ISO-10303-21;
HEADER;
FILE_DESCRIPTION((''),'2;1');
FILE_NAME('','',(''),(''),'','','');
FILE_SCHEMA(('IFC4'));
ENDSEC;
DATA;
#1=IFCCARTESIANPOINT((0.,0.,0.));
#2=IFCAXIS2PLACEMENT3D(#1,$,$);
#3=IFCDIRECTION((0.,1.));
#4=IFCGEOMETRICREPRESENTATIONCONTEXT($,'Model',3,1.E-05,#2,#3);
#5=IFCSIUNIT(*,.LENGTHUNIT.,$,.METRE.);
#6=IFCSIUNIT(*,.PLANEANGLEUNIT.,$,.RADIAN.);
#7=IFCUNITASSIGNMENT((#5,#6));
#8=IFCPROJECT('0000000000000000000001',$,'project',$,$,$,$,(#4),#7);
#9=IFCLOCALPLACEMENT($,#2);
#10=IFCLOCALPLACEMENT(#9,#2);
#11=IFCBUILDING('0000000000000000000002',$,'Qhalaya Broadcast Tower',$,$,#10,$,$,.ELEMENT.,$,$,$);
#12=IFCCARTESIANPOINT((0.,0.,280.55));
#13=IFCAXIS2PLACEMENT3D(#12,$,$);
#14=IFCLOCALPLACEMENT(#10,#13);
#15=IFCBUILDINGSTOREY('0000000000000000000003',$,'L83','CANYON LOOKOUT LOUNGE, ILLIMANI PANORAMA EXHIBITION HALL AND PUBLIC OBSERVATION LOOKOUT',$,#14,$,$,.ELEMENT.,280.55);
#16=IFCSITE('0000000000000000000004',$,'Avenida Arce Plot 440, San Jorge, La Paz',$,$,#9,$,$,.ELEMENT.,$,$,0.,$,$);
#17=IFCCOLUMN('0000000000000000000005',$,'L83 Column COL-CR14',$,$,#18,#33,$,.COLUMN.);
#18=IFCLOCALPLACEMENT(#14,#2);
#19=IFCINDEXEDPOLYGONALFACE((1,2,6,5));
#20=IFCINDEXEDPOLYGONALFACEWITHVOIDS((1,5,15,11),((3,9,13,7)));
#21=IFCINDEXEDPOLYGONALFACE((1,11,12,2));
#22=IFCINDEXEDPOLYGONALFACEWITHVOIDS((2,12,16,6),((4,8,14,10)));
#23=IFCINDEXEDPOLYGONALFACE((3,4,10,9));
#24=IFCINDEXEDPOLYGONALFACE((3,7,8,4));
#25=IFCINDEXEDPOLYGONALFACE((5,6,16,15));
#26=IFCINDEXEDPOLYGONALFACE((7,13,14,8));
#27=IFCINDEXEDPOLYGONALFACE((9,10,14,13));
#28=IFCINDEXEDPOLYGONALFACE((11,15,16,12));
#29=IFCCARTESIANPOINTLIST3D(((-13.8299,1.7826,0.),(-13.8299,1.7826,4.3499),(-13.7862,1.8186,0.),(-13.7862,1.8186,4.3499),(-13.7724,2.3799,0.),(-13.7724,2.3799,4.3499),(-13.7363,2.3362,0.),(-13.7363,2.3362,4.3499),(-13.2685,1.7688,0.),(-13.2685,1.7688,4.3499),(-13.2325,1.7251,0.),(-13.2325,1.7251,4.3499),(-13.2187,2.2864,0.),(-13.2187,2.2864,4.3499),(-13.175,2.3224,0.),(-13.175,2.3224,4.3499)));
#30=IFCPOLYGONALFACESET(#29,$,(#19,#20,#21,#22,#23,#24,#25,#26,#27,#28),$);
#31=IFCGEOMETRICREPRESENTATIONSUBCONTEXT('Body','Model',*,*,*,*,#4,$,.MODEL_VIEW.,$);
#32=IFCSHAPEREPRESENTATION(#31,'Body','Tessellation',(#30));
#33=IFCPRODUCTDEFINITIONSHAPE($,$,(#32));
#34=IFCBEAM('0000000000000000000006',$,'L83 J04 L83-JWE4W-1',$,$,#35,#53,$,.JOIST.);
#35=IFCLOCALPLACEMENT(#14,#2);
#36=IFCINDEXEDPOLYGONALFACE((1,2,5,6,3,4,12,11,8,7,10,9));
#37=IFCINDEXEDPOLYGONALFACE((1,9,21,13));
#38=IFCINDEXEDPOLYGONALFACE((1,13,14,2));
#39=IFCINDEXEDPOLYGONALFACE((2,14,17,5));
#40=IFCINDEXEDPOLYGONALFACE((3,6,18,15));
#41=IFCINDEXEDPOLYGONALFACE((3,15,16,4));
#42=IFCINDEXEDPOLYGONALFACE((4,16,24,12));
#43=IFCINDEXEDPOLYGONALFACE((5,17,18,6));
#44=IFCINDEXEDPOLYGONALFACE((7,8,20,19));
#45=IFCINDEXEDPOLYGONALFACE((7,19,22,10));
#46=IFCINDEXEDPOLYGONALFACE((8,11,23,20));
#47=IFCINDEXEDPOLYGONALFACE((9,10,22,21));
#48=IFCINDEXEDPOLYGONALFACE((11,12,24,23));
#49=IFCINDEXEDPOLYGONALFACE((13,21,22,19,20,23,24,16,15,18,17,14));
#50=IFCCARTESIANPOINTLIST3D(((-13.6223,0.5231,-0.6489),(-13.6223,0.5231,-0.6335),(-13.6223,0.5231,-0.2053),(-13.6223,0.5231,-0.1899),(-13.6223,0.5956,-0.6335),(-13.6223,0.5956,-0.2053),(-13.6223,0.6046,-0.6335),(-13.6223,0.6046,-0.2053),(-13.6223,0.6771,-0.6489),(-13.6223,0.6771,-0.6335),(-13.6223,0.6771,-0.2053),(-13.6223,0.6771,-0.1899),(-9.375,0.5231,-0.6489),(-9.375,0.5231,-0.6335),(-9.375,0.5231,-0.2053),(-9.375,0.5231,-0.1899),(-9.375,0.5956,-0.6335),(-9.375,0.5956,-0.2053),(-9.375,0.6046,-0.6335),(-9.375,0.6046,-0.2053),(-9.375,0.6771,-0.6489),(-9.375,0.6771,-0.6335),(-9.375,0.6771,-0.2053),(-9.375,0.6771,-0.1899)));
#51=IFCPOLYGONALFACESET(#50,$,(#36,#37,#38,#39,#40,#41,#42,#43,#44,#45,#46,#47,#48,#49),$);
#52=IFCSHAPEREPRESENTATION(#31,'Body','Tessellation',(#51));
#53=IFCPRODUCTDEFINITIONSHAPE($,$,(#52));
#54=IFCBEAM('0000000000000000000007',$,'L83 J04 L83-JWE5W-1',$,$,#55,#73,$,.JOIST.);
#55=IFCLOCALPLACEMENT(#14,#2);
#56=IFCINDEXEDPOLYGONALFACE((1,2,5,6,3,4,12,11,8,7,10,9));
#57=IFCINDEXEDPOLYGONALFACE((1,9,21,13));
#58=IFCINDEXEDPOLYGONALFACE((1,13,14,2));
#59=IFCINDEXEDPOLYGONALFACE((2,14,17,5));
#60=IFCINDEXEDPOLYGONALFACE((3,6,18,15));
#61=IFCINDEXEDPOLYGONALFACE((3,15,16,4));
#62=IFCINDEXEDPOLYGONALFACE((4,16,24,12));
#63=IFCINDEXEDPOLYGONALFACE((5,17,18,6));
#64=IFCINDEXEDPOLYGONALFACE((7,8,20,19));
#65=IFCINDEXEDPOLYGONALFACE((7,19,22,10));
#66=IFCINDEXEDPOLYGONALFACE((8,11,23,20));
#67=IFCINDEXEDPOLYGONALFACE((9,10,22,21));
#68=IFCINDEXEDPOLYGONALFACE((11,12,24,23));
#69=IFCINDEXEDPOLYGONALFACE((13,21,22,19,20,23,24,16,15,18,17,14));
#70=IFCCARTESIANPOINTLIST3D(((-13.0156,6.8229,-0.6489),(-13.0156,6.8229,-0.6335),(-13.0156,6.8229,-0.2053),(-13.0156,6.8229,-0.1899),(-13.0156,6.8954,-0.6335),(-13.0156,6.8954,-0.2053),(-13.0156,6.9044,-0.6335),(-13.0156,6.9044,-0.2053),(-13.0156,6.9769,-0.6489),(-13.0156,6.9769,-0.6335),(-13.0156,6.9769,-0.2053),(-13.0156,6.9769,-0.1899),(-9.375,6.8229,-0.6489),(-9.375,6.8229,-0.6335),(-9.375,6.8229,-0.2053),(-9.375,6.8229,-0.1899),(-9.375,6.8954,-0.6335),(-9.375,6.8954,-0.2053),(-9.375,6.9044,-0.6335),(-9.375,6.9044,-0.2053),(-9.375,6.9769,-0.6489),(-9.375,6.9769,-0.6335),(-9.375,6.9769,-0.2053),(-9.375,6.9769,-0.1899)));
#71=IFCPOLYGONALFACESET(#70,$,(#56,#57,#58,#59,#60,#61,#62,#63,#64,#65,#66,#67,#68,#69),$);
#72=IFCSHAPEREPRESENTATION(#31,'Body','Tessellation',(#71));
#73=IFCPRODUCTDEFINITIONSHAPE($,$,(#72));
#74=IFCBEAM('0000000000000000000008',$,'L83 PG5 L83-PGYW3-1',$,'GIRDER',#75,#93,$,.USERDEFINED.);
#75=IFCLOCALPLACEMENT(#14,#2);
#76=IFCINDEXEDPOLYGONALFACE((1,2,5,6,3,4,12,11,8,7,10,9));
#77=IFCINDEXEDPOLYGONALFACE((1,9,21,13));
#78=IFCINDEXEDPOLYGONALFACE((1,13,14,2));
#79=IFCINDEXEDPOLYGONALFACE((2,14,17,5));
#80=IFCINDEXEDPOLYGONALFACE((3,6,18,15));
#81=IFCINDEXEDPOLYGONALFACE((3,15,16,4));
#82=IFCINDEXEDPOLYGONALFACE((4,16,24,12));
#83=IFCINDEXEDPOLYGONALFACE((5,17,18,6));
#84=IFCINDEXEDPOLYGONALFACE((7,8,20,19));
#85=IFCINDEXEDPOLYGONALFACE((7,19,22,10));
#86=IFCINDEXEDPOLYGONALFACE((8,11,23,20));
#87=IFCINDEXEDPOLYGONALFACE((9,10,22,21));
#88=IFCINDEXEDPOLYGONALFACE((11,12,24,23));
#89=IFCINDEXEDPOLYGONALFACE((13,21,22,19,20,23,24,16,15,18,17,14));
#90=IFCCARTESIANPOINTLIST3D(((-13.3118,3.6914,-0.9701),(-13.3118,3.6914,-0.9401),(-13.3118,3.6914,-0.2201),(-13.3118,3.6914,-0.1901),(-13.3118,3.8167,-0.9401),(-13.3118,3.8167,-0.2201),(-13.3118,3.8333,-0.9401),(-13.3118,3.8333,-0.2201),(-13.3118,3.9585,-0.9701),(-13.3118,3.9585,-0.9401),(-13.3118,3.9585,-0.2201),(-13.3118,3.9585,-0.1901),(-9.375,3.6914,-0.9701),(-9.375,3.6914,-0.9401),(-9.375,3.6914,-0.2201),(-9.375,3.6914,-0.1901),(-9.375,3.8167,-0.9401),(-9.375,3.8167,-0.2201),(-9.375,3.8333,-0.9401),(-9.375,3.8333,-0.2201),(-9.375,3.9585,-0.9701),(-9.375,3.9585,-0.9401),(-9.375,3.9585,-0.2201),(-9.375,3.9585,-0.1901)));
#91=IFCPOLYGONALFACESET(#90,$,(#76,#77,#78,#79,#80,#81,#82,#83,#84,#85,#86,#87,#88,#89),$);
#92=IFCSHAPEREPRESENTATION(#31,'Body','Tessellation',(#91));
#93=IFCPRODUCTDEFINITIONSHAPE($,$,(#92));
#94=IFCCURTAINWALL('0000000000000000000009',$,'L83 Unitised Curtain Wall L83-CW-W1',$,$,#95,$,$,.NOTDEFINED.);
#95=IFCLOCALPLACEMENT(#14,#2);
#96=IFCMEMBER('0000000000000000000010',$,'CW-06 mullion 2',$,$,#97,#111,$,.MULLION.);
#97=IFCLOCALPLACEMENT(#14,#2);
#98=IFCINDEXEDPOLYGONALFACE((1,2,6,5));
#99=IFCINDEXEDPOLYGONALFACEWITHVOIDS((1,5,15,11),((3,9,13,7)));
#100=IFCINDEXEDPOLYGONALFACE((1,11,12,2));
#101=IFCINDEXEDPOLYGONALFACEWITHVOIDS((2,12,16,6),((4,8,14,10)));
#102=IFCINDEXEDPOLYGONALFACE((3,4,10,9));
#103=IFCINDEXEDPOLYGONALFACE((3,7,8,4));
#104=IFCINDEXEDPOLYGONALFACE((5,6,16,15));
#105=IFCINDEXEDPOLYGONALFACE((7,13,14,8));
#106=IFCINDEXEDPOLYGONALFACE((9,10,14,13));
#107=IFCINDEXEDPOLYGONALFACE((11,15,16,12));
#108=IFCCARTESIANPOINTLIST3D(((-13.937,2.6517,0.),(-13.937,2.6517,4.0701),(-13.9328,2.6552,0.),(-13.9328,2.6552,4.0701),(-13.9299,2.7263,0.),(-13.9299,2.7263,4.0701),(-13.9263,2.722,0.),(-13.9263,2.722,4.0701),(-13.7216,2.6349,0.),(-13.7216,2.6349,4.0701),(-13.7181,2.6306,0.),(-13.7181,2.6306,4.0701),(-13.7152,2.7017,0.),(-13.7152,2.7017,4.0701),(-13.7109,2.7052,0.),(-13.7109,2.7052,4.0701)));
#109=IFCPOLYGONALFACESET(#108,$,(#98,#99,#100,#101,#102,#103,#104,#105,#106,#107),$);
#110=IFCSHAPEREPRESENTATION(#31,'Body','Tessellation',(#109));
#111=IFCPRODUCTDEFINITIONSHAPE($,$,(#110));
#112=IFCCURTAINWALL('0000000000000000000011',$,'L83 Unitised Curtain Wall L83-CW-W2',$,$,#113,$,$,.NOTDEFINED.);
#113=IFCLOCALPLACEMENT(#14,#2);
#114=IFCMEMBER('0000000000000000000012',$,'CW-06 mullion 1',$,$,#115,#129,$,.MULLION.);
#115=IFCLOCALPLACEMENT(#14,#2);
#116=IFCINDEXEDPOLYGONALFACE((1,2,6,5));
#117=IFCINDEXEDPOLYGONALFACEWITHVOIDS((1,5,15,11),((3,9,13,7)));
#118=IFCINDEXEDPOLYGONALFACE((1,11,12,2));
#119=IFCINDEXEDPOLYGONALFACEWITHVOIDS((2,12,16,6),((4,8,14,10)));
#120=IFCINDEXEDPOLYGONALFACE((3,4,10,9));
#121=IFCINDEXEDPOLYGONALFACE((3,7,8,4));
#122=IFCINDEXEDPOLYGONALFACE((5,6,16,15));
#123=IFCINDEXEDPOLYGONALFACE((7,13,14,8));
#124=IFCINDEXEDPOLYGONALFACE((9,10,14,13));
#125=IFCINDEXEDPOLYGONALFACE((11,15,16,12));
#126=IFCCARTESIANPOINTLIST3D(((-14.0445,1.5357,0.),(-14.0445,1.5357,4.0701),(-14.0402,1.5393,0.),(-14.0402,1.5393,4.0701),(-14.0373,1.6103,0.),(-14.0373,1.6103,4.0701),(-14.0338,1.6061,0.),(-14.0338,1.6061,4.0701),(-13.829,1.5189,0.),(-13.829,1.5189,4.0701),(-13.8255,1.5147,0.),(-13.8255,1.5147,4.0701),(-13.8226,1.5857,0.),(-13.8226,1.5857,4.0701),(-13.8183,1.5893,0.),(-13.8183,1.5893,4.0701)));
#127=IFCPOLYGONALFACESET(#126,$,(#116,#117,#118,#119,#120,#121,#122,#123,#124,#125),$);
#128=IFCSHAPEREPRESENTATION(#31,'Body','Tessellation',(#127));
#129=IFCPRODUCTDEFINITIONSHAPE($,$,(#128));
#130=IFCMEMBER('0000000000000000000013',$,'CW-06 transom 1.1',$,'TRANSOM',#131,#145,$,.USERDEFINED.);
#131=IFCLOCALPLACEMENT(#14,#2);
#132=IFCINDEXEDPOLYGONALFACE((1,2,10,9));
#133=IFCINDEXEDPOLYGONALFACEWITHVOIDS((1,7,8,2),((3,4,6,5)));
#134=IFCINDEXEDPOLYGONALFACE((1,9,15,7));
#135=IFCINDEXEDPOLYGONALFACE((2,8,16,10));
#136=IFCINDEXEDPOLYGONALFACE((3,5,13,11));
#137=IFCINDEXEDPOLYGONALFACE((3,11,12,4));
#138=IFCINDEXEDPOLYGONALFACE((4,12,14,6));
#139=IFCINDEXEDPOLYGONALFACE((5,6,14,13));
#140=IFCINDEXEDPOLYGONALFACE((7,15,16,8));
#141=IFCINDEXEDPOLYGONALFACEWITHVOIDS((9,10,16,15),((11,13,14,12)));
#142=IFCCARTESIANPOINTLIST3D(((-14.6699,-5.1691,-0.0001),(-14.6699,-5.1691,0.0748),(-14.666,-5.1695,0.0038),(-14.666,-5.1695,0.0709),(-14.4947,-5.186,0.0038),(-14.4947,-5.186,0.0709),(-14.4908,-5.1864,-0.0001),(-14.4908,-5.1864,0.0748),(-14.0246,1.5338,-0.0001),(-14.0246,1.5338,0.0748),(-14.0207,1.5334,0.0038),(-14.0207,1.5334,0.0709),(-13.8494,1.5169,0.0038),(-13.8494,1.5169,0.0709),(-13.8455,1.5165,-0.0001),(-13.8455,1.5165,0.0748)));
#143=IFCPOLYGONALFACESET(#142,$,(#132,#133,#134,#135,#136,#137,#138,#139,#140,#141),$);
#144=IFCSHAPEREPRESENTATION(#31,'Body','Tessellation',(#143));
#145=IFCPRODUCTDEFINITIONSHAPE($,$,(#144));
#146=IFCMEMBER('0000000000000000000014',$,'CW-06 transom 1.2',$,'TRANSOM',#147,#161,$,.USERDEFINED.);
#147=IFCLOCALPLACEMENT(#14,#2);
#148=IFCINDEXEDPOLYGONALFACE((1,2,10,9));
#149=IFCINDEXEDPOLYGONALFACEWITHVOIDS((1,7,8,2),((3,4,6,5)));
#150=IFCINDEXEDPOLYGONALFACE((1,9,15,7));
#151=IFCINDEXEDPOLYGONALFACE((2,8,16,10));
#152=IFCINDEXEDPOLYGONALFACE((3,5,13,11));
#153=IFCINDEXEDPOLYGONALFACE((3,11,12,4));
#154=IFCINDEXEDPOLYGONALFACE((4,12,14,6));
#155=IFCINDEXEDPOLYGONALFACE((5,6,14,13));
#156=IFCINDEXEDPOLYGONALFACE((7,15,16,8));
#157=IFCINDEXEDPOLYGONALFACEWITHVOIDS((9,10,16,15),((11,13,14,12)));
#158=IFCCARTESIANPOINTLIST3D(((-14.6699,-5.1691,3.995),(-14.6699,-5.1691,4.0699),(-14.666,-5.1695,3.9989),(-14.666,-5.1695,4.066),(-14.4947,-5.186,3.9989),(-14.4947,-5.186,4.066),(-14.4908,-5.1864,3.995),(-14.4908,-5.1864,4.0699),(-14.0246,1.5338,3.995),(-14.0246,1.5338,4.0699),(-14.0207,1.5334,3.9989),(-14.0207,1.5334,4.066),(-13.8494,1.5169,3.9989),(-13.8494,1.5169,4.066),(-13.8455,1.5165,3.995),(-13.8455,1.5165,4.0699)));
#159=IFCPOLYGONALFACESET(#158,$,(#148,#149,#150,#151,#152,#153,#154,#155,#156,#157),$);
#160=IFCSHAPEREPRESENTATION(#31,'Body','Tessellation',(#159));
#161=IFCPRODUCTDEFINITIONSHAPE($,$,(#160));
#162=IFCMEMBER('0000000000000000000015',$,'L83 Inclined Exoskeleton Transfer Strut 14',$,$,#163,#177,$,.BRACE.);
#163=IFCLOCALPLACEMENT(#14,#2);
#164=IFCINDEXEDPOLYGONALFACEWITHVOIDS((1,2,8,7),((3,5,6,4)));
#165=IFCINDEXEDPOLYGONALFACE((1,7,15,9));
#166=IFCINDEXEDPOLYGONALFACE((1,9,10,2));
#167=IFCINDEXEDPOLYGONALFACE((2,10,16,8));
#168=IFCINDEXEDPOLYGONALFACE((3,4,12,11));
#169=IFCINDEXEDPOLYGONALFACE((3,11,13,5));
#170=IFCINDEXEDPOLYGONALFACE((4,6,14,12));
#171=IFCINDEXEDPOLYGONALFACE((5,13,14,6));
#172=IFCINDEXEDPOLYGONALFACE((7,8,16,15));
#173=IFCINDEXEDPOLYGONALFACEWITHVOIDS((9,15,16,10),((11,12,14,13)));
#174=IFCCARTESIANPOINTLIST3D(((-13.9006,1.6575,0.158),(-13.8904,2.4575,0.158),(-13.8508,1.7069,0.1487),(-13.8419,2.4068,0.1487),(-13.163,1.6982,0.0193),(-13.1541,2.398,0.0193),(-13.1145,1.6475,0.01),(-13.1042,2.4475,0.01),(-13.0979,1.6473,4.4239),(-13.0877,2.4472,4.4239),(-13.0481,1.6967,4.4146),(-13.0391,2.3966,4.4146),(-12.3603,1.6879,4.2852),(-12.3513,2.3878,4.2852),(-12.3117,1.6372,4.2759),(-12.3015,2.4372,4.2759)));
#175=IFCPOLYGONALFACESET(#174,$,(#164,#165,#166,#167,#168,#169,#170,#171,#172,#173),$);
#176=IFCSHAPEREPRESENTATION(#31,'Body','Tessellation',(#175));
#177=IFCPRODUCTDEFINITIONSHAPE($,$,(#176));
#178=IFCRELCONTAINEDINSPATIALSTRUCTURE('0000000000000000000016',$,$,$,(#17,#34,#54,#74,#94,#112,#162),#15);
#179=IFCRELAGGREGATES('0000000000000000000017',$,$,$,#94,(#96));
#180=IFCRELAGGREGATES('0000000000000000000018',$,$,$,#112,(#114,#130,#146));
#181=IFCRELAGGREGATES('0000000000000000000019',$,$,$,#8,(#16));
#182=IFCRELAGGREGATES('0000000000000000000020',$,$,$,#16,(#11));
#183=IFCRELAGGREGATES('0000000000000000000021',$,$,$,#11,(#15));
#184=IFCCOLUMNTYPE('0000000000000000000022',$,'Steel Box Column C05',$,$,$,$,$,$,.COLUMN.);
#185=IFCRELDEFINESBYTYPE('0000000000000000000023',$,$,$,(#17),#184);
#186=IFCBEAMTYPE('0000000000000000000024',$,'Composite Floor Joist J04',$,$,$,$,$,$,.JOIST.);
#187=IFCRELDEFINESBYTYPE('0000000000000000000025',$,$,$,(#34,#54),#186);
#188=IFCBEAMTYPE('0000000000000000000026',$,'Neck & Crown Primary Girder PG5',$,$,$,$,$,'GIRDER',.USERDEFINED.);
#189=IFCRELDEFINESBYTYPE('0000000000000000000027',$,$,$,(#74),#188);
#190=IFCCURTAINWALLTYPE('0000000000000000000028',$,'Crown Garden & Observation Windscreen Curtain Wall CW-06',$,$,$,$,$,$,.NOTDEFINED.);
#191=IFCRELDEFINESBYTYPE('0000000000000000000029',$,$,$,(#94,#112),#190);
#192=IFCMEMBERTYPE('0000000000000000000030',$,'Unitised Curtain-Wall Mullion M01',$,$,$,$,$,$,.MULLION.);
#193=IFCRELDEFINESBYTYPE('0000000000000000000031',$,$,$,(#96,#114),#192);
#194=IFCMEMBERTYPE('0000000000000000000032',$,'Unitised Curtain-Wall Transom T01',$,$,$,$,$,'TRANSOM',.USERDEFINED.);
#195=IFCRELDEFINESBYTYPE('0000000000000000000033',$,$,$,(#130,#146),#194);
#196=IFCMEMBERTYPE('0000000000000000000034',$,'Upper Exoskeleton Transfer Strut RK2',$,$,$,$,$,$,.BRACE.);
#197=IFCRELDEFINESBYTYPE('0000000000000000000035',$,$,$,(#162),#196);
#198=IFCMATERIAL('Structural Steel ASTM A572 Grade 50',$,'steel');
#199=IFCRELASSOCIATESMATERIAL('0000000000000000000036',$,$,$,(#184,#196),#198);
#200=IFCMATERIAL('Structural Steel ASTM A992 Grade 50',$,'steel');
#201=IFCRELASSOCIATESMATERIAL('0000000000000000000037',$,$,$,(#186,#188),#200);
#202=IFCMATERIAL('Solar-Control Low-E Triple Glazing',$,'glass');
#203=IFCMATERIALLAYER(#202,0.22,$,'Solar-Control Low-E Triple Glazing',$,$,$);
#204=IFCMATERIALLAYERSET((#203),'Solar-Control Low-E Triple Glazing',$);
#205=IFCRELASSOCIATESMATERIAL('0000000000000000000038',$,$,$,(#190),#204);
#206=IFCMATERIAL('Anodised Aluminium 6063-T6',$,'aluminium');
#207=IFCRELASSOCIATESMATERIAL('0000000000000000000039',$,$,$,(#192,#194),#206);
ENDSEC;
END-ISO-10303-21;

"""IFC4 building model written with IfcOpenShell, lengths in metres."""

from ifc_helpers import new_model, si_unit, direction, frame, origin, origin_2d, place, context, subcontext, project, spatial, hollow_rectangle, i_section, extrude, material, layer, layer_set, material_profile, profile_set, type_object, element, aggregate, save


model = new_model("IFC4")

# Units and contexts
model_context = context("Model", 3, precision=1e-05, world=origin(), true_north=direction((0.0, 1.0)))
body_context = subcontext(model_context, "Body", "Model", "MODEL_VIEW")
ifc_project = project(units=[si_unit("LENGTHUNIT", "METRE"), si_unit("PLANEANGLEUNIT", "RADIAN")], contexts=[model_context])

# Site, building, storey
site_placement = place(None, origin())
site = spatial("IfcSite", under=ifc_project, at=site_placement, Name="Avenida Arce Plot 440, San Jorge, La Paz", CompositionType="ELEMENT", RefElevation=0.0)
building_placement = place(site_placement, origin())
building = spatial("IfcBuilding", under=site, at=building_placement, Name="Qhalaya Broadcast Tower", CompositionType="ELEMENT")
storey_placement = place(building_placement, frame((0.0, 0.0, 280.55)))
storey = spatial("IfcBuildingStorey", under=building, at=storey_placement, Name="L83", Description="CANYON LOOKOUT LOUNGE, ILLIMANI PANORAMA EXHIBITION HALL AND PUBLIC OBSERVATION LOOKOUT", CompositionType="ELEMENT", Elevation=280.55)

# Column
ifc_material_1 = material(Name="Structural Steel ASTM A572 Grade 50", Category="steel")
ifc_material_profile_1 = material_profile(ifc_material_1, hollow_rectangle(XDim=0.6001, YDim=0.6001, WallThickness=0.04, at=origin_2d()), Name="BOX 600x600x40")
ifc_profile_set_1 = profile_set([ifc_material_profile_1], Name="Structural Steel ASTM A572 Grade 50")
column_type = type_object("IfcColumnType", Name="Steel Box Column C05", PredefinedType="COLUMN", material=ifc_profile_set_1)
column_placement = place(storey_placement, frame((-13.5024, 2.0525, 0.0), z_axis=(0.0, 0.0, 1.0), x_axis=(0.095846, 0.995396, 0.0)))
element("IfcColumn", 1, at=column_placement, inside=storey, type_object=column_type, Name="L83 Column COL-CR14", PredefinedType="COLUMN", context=body_context, shape_type="SweptSolid", body=[
    extrude(hollow_rectangle(XDim=0.6001, YDim=0.6001, WallThickness=0.04, at=origin_2d()), origin(), (0.0, 0.0, 1.0), 4.3499),
])

# Beams
ifc_material_2 = material(Name="Structural Steel ASTM A992 Grade 50", Category="steel")
ifc_material_profile_2 = material_profile(ifc_material_2, i_section(OverallWidth=0.1541, OverallDepth=0.459, WebThickness=0.009, FlangeThickness=0.0154, at=origin_2d()), Name="W18X46")
ifc_profile_set_2 = profile_set([ifc_material_profile_2], Name="Structural Steel ASTM A992 Grade 50")
beam_type_1 = type_object("IfcBeamType", Name="Composite Floor Joist J04", PredefinedType="JOIST", material=ifc_profile_set_2)
beam_1_placement = place(storey_placement, frame((-13.6223, 0.6001, -0.4194), z_axis=(1.0, 0.0, 0.0), x_axis=(0.0, 1.0, 0.0)))
element("IfcBeam", 2, at=beam_1_placement, inside=storey, type_object=beam_type_1, Name="L83 J04 L83-JWE4W-1", PredefinedType="JOIST", context=body_context, shape_type="SweptSolid", body=[
    extrude(i_section(OverallWidth=0.1541, OverallDepth=0.459, WebThickness=0.009, FlangeThickness=0.0154, at=origin_2d()), origin(), (0.0, 0.0, 1.0), 4.2473),
])
beam_2_placement = place(storey_placement, frame((-13.0156, 6.8999, -0.4194), z_axis=(1.0, 0.0, 0.0), x_axis=(0.0, 1.0, 0.0)))
element("IfcBeam", 3, at=beam_2_placement, inside=storey, type_object=beam_type_1, Name="L83 J04 L83-JWE5W-1", PredefinedType="JOIST", context=body_context, shape_type="SweptSolid", body=[
    extrude(i_section(OverallWidth=0.1541, OverallDepth=0.459, WebThickness=0.009, FlangeThickness=0.0154, at=origin_2d()), origin(), (0.0, 0.0, 1.0), 3.6406),
])
ifc_material_profile_3 = material_profile(ifc_material_2, i_section(OverallWidth=0.2671, OverallDepth=0.78, WebThickness=0.0166, FlangeThickness=0.03, at=origin_2d()), Name="W30X148")
ifc_profile_set_3 = profile_set([ifc_material_profile_3], Name="Structural Steel ASTM A992 Grade 50")
beam_type_2 = type_object("IfcBeamType", Name="Neck & Crown Primary Girder PG5", ElementType="GIRDER", PredefinedType="USERDEFINED", material=ifc_profile_set_3)
beam_3_placement = place(storey_placement, frame((-13.3118, 3.825, -0.5801), z_axis=(1.0, 0.0, 0.0), x_axis=(0.0, 1.0, 0.0)))
element("IfcBeam", 4, at=beam_3_placement, inside=storey, type_object=beam_type_2, Name="L83 PG5 L83-PGYW3-1", ObjectType="GIRDER", PredefinedType="USERDEFINED", context=body_context, shape_type="SweptSolid", body=[
    extrude(i_section(OverallWidth=0.2671, OverallDepth=0.78, WebThickness=0.0166, FlangeThickness=0.03, at=origin_2d()), origin(), (0.0, 0.0, 1.0), 3.9368),
])

# Curtain wall, member
ifc_material_3 = material(Name="Solar-Control Low-E Triple Glazing", Category="glass")
ifc_layer_1 = layer(ifc_material_3, 0.22, Name="Solar-Control Low-E Triple Glazing")
ifc_layer_set_1 = layer_set([ifc_layer_1], Name="Solar-Control Low-E Triple Glazing")
curtain_wall_type = type_object("IfcCurtainWallType", Name="Crown Garden & Observation Windscreen Curtain Wall CW-06", PredefinedType="NOTDEFINED", material=ifc_layer_set_1)
curtain_wall_1_placement = place(storey_placement, origin())
curtain_wall_1 = element("IfcCurtainWall", 5, at=curtain_wall_1_placement, inside=storey, type_object=curtain_wall_type, Name="L83 Unitised Curtain Wall L83-CW-W1", PredefinedType="NOTDEFINED")
ifc_material_4 = material(Name="Anodised Aluminium 6063-T6", Category="aluminium")
ifc_material_profile_4 = material_profile(ifc_material_4, hollow_rectangle(XDim=0.075, YDim=0.22, WallThickness=0.0039, at=origin_2d()), Name="ALU-MUL 75x220x4")
ifc_profile_set_4 = profile_set([ifc_material_profile_4], Name="Anodised Aluminium 6063-T6")
member_type_1 = type_object("IfcMemberType", Name="Unitised Curtain-Wall Mullion M01", PredefinedType="MULLION", material=ifc_profile_set_4)
member_1_placement = place(storey_placement, frame((-13.824, 2.6785, 0.0), z_axis=(0.0, 0.0, 1.0), x_axis=(-0.095843, -0.995397, 0.0)))
member_1 = element("IfcMember", 6, at=member_1_placement, type_object=member_type_1, Name="CW-06 mullion 2", PredefinedType="MULLION", context=body_context, shape_type="SweptSolid", body=[
    extrude(hollow_rectangle(XDim=0.075, YDim=0.22, WallThickness=0.0039, at=origin_2d()), origin(), (0.0, 0.0, 1.0), 4.0701),
])

# Curtain wall, members
curtain_wall_2_placement = place(storey_placement, origin())
curtain_wall_2 = element("IfcCurtainWall", 7, at=curtain_wall_2_placement, inside=storey, type_object=curtain_wall_type, Name="L83 Unitised Curtain Wall L83-CW-W2", PredefinedType="NOTDEFINED")
member_2_placement = place(storey_placement, frame((-13.9314, 1.5625, 0.0), z_axis=(0.0, 0.0, 1.0), x_axis=(-0.095846, -0.995396, 0.0)))
member_2 = element("IfcMember", 8, at=member_2_placement, type_object=member_type_1, Name="CW-06 mullion 1", PredefinedType="MULLION", context=body_context, shape_type="SweptSolid", body=[
    extrude(hollow_rectangle(XDim=0.075, YDim=0.22, WallThickness=0.0039, at=origin_2d()), origin(), (0.0, 0.0, 1.0), 4.0701),
])
ifc_material_profile_5 = material_profile(ifc_material_4, hollow_rectangle(XDim=0.075, YDim=0.1799, WallThickness=0.0039, at=origin_2d()), Name="ALU-TRN 75x180x4")
ifc_profile_set_5 = profile_set([ifc_material_profile_5], Name="Anodised Aluminium 6063-T6")
member_type_2 = type_object("IfcMemberType", Name="Unitised Curtain-Wall Transom T01", ElementType="TRANSOM", PredefinedType="USERDEFINED", material=ifc_profile_set_5)
member_3_placement = place(storey_placement, frame((-13.9351, 1.5251, 0.0374), z_axis=(-0.095824, -0.995398, 0.0), x_axis=(0.0, 0.0, 1.0)))
member_3 = element("IfcMember", 9, at=member_3_placement, type_object=member_type_2, Name="CW-06 transom 1.1", ObjectType="TRANSOM", PredefinedType="USERDEFINED", context=body_context, shape_type="SweptSolid", body=[
    extrude(hollow_rectangle(XDim=0.075, YDim=0.1799, WallThickness=0.0039, at=origin_2d()), origin(), (0.0, 0.0, 1.0), 6.7339),
])
member_4_placement = place(storey_placement, frame((-13.9351, 1.5251, 4.0325), z_axis=(-0.095824, -0.995398, 0.0), x_axis=(0.0, 0.0, 1.0)))
member_4 = element("IfcMember", 10, at=member_4_placement, type_object=member_type_2, Name="CW-06 transom 1.2", ObjectType="TRANSOM", PredefinedType="USERDEFINED", context=body_context, shape_type="SweptSolid", body=[
    extrude(hollow_rectangle(XDim=0.075, YDim=0.1799, WallThickness=0.0039, at=origin_2d()), origin(), (0.0, 0.0, 1.0), 6.7339),
])

# Member
ifc_material_profile_6 = material_profile(ifc_material_1, hollow_rectangle(XDim=0.8, YDim=0.8, WallThickness=0.05, at=origin_2d()), Name="BOX 800x800x50")
ifc_profile_set_6 = profile_set([ifc_material_profile_6], Name="Structural Steel ASTM A572 Grade 50")
member_type_3 = type_object("IfcMemberType", Name="Upper Exoskeleton Transfer Strut RK2", PredefinedType="BRACE", material=ifc_profile_set_6)
member_5_placement = place(storey_placement, frame((-13.5024, 2.0525, 0.084), z_axis=(0.18493, -0.002362, 0.982749), x_axis=(0.012773, 0.999918, 0.0)))
element("IfcMember", 11, at=member_5_placement, inside=storey, type_object=member_type_3, Name="L83 Inclined Exoskeleton Transfer Strut 14", PredefinedType="BRACE", context=body_context, shape_type="SweptSolid", body=[
    extrude(hollow_rectangle(XDim=0.8, YDim=0.8, WallThickness=0.05, at=origin_2d()), origin(), (0.0, 0.0, 1.0), 4.3408),
])

aggregate(curtain_wall_1, [member_1])
aggregate(curtain_wall_2, [member_2, member_3, member_4])

save(model, "model.ifc")
